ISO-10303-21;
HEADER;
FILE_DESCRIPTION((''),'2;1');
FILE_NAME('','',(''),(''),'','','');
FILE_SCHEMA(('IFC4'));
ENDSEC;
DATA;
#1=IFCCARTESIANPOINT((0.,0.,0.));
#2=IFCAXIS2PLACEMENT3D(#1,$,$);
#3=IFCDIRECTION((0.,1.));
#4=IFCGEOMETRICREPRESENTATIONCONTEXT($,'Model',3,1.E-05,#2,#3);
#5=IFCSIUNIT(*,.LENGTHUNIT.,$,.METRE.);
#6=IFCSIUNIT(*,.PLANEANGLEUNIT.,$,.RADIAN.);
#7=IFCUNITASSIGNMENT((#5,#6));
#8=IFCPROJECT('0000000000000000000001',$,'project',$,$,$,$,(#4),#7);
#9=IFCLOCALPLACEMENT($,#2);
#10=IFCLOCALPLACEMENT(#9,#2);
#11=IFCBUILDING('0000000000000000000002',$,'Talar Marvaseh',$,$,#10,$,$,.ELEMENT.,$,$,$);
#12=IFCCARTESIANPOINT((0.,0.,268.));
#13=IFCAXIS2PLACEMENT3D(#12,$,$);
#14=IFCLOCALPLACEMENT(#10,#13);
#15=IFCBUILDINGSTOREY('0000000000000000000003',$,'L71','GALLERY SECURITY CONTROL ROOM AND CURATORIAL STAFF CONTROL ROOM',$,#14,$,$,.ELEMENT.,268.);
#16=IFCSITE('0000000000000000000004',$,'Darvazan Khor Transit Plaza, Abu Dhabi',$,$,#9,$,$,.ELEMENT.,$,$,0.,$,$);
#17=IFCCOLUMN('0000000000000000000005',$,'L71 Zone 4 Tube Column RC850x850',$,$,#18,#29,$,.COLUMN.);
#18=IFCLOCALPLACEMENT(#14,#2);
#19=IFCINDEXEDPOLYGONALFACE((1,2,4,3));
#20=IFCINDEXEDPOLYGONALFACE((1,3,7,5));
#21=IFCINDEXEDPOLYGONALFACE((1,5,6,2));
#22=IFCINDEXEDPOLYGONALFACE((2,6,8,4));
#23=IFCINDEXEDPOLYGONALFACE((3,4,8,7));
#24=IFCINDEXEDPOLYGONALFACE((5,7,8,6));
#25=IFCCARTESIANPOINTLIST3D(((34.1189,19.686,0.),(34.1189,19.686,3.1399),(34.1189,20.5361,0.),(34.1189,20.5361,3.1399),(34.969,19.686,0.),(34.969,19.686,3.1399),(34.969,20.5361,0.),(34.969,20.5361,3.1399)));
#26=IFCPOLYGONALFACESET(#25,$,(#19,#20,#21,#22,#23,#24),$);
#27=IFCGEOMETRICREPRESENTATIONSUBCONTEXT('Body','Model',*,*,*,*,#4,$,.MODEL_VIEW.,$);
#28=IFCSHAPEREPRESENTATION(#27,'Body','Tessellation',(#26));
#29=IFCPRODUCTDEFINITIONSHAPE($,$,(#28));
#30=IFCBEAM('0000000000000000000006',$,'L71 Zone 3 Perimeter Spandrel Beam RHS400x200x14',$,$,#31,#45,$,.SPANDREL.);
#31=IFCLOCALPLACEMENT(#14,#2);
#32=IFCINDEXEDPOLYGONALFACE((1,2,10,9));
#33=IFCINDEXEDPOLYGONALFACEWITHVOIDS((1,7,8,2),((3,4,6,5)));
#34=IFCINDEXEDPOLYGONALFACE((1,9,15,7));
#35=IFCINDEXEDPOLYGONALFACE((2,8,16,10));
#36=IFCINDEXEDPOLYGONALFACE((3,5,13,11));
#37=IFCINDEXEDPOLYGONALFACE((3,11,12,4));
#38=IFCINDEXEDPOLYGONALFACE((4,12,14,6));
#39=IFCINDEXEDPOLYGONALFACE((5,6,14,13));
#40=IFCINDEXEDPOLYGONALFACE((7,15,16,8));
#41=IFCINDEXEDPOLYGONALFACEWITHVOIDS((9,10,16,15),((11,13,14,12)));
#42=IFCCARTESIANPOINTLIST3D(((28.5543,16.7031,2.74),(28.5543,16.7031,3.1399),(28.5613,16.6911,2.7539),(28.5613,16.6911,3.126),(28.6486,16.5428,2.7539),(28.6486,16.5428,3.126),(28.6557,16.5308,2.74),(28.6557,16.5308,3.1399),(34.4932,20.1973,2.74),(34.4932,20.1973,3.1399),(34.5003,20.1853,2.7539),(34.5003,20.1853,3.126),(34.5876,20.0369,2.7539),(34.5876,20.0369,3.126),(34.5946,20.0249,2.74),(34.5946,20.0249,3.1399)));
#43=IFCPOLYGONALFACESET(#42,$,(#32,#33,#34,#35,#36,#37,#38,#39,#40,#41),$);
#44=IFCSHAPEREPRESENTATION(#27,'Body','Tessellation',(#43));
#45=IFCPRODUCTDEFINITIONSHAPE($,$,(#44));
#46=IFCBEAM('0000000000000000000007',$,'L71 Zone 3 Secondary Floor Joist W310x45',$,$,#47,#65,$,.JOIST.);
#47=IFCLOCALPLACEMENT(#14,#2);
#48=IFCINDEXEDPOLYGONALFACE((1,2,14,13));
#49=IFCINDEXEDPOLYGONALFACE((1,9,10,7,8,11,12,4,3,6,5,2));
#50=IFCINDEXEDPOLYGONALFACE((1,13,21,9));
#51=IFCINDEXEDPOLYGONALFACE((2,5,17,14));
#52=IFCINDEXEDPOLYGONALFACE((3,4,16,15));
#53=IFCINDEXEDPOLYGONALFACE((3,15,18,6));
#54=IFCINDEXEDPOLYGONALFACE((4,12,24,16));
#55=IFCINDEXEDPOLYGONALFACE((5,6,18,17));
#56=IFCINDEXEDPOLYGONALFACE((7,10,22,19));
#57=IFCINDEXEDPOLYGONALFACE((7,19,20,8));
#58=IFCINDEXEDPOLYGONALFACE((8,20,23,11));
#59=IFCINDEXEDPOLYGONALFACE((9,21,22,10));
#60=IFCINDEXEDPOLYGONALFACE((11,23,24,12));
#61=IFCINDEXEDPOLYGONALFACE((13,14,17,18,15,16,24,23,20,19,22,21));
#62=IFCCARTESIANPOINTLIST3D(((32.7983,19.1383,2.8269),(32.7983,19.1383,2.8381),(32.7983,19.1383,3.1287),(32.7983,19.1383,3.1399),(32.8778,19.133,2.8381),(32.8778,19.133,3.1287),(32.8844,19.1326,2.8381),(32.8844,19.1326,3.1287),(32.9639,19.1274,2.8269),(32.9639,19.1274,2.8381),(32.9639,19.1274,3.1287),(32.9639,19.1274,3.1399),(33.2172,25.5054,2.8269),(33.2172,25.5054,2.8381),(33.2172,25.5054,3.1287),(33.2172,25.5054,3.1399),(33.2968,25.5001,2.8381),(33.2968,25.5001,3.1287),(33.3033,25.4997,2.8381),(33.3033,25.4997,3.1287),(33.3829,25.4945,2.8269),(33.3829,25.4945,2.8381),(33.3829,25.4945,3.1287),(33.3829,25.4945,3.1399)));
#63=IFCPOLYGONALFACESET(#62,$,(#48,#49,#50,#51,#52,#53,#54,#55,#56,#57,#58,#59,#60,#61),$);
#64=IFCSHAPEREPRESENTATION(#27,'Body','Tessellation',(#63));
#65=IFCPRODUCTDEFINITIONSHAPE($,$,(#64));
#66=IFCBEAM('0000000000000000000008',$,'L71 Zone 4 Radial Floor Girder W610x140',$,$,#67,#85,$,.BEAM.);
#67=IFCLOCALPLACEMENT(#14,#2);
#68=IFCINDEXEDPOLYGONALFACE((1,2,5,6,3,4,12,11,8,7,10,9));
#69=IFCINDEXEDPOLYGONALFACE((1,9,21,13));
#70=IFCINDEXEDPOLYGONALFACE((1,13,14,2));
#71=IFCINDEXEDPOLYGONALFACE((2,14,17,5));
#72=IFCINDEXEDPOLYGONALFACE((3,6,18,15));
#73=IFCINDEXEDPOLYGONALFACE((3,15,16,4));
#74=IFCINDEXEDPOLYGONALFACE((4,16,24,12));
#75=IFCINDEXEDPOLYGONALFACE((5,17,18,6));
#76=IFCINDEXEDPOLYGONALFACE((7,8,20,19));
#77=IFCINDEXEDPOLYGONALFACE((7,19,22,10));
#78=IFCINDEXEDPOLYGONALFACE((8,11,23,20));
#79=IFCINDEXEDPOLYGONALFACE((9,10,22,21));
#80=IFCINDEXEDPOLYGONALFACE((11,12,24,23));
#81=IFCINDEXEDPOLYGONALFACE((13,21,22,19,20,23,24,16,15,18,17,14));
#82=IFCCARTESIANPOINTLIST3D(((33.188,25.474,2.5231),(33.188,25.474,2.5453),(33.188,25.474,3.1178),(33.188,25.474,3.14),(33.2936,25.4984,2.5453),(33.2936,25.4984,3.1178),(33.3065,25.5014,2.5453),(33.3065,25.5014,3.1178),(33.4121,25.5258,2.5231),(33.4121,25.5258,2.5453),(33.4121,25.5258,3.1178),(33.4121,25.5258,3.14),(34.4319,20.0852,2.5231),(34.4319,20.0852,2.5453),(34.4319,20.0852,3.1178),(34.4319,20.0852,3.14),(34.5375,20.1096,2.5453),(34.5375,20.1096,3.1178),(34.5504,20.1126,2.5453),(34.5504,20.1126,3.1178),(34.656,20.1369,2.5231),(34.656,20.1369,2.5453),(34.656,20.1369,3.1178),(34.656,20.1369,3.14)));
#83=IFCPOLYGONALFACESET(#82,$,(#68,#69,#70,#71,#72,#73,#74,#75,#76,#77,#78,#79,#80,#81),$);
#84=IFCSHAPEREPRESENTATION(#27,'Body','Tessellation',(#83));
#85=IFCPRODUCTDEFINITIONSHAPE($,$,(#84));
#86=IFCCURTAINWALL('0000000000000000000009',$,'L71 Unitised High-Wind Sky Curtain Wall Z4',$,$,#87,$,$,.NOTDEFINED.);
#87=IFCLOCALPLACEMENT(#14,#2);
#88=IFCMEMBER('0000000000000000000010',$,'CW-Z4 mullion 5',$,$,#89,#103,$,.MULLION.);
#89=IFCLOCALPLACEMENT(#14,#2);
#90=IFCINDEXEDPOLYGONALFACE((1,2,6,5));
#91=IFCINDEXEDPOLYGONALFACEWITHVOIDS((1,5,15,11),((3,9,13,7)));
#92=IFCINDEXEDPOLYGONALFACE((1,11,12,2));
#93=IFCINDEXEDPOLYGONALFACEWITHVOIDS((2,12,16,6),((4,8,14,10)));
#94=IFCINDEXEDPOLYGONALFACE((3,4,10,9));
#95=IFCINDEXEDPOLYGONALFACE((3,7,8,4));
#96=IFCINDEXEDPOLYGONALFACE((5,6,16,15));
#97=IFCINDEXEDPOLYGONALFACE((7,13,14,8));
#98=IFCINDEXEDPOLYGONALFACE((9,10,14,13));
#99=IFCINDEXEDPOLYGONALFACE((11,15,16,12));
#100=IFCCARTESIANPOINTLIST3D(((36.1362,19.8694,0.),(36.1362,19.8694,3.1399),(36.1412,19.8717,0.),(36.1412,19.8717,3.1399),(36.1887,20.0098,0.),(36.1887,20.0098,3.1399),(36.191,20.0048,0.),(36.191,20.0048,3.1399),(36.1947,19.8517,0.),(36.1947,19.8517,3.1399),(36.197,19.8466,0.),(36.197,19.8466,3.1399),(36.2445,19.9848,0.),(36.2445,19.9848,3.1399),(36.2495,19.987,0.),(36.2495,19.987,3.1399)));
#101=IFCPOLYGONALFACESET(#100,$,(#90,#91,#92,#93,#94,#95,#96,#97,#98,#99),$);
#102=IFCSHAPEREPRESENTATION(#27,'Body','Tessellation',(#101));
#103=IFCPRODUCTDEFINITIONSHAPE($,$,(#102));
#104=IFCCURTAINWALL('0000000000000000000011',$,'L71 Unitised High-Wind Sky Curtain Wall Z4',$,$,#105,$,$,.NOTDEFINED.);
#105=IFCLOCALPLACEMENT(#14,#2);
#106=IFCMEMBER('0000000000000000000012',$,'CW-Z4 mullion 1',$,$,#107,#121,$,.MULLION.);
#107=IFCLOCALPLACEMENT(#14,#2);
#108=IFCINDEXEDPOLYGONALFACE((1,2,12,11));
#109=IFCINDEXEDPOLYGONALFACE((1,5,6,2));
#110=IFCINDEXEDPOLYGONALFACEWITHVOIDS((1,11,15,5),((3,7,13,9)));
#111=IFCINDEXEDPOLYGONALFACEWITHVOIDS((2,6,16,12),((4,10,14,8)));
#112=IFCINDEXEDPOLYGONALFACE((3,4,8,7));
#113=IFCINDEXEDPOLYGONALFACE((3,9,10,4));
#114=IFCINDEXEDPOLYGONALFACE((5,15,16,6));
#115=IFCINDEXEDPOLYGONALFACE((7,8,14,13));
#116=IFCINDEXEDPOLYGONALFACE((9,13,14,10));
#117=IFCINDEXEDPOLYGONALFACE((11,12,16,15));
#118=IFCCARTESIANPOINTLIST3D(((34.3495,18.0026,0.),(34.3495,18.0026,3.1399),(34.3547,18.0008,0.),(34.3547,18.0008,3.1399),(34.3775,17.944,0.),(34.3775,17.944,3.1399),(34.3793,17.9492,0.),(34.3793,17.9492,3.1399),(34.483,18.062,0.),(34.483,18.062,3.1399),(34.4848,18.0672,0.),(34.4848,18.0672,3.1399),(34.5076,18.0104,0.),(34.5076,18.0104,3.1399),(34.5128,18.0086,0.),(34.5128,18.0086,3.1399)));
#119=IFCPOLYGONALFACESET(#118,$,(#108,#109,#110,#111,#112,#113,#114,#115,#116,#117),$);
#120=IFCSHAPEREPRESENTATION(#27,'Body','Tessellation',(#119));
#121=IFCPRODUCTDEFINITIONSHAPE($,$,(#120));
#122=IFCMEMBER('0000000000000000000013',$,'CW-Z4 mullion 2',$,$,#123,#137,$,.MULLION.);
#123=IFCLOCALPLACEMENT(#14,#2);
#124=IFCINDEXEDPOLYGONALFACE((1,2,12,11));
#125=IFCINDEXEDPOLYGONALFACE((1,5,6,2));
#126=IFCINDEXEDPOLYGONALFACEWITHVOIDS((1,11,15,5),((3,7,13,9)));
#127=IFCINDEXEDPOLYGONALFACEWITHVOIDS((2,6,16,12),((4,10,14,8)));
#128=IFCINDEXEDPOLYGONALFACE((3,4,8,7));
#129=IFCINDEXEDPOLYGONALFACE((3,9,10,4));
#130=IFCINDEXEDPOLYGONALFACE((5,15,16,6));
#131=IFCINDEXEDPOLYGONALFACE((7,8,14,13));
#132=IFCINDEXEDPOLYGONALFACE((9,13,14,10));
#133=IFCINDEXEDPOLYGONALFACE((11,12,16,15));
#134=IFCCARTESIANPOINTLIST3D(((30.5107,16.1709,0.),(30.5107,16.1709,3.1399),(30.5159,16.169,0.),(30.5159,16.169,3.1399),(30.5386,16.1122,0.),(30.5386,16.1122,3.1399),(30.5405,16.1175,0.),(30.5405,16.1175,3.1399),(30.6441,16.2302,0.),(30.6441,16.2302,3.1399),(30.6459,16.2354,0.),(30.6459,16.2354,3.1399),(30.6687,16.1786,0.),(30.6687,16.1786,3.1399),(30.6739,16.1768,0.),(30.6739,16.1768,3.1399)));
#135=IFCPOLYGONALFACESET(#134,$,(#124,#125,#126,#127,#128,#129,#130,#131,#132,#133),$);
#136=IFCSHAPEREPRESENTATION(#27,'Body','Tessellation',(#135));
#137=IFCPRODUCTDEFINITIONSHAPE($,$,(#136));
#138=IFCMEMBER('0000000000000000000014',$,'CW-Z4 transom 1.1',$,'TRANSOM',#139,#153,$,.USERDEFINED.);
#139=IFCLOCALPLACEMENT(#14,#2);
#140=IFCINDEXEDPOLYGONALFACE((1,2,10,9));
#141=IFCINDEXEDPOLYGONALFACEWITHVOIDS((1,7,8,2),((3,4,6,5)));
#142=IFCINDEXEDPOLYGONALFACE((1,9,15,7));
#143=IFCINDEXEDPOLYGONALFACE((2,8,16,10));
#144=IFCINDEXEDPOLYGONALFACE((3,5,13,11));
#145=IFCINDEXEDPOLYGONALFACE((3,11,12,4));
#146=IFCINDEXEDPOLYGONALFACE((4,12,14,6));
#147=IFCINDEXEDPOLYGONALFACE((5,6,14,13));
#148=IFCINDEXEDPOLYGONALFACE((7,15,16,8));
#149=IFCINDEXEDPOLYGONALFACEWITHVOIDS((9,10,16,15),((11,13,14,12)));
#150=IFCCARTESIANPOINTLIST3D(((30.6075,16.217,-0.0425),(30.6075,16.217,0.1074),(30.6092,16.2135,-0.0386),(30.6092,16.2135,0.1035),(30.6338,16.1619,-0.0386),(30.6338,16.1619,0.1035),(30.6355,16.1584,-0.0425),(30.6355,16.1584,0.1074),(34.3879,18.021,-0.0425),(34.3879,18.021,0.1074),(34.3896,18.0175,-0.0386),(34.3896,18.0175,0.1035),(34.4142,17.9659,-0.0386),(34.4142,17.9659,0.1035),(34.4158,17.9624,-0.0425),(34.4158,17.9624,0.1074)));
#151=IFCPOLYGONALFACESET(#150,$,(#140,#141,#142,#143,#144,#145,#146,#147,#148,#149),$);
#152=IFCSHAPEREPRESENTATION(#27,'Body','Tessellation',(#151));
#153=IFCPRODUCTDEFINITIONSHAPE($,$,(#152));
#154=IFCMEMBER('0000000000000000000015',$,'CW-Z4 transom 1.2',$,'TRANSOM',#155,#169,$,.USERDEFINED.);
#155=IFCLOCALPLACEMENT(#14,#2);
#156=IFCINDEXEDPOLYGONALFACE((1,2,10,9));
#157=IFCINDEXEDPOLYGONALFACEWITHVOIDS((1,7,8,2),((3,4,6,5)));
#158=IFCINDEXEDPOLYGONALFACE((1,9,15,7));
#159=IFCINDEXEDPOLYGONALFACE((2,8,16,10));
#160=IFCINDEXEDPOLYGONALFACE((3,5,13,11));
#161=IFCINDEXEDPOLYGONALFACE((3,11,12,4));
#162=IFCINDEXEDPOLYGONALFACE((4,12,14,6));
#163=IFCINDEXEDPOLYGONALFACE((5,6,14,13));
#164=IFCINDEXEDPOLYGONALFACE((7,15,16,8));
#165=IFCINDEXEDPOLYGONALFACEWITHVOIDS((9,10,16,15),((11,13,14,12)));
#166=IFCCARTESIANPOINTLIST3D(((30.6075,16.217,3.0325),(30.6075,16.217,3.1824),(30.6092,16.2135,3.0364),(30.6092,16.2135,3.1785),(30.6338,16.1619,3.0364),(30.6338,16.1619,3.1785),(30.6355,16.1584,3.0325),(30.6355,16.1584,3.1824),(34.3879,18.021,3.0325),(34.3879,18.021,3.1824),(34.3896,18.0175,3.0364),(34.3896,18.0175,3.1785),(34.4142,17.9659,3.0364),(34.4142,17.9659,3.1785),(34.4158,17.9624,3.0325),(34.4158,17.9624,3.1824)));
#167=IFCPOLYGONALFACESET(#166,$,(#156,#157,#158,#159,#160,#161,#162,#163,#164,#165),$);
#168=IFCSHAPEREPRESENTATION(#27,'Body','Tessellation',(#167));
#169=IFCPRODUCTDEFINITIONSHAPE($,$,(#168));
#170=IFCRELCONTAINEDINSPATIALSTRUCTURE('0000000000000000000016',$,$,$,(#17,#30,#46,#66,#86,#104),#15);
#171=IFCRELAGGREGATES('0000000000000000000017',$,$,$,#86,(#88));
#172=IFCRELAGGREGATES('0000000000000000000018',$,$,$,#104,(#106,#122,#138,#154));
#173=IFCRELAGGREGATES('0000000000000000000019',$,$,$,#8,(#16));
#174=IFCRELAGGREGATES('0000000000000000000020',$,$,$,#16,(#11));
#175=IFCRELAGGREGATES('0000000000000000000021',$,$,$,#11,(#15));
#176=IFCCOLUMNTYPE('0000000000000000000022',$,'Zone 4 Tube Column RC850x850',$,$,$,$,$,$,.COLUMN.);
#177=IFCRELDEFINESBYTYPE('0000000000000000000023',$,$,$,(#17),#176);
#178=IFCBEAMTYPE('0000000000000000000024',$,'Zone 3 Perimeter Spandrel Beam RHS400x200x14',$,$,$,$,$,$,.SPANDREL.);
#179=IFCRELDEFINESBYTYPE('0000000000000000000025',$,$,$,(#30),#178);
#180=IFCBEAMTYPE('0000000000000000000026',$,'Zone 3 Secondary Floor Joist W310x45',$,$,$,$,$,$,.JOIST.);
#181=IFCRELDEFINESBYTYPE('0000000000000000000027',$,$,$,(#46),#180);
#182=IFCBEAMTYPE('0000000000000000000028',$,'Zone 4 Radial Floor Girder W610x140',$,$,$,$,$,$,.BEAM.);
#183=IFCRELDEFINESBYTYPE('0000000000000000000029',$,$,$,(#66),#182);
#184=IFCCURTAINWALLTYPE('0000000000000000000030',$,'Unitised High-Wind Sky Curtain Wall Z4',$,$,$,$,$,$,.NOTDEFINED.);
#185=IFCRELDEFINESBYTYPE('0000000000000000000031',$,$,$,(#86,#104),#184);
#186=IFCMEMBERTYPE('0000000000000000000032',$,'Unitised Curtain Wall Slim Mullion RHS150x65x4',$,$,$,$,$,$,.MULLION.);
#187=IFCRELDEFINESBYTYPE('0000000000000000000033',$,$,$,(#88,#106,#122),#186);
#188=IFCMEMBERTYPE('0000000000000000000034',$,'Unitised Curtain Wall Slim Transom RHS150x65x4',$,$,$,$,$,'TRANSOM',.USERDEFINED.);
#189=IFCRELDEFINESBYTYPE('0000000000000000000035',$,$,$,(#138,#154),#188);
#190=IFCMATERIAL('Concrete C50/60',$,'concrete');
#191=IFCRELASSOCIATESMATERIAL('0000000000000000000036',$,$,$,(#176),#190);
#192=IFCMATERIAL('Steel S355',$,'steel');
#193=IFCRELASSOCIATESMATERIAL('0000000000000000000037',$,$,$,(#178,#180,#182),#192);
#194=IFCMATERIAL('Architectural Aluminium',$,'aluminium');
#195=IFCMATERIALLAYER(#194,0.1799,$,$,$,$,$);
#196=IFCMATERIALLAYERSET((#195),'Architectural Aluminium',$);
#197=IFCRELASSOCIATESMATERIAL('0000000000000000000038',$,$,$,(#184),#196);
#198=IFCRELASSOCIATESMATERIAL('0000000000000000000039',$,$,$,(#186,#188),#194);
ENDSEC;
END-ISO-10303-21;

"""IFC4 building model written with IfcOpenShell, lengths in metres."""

from ifc_helpers import new_model, si_unit, direction, frame, origin, origin_2d, place, context, subcontext, project, spatial, rectangle, hollow_rectangle, i_section, extrude, source, transform, mapped, material, layer, layer_set, material_profile, profile_set, type_object, type_shapes, element, aggregate, save


model = new_model("IFC4")

# Units and contexts
model_context = context("Model", 3, precision=1e-05, world=origin(), true_north=direction((0.0, 1.0)))
body_context = subcontext(model_context, "Body", "Model", "MODEL_VIEW")
ifc_project = project(units=[si_unit("LENGTHUNIT", "METRE"), si_unit("PLANEANGLEUNIT", "RADIAN")], contexts=[model_context])

# Site, building, storey
site_placement = place(None, origin())
site = spatial("IfcSite", under=ifc_project, at=site_placement, Name="Darvazan Khor Transit Plaza, Abu Dhabi", CompositionType="ELEMENT", RefElevation=0.0)
building_placement = place(site_placement, origin())
building = spatial("IfcBuilding", under=site, at=building_placement, Name="Talar Marvaseh", CompositionType="ELEMENT")
storey_placement = place(building_placement, frame((0.0, 0.0, 268.0)))
storey = spatial("IfcBuildingStorey", under=building, at=storey_placement, Name="L71", Description="GALLERY SECURITY CONTROL ROOM AND CURATORIAL STAFF CONTROL ROOM", CompositionType="ELEMENT", Elevation=268.0)

# Column
ifc_material_1 = material(Name="Concrete C50/60", Category="concrete")
ifc_material_profile_1 = material_profile(ifc_material_1, rectangle(XDim=0.8501, YDim=0.8501, at=origin_2d()), Name="RC850x850")
ifc_profile_set_1 = profile_set([ifc_material_profile_1], Name="Concrete C50/60")
column_type = type_object("IfcColumnType", Name="Zone 4 Tube Column RC850x850", PredefinedType="COLUMN", material=ifc_profile_set_1)
column_placement = place(storey_placement, frame((34.5439, 20.1111, 0.0), z_axis=(0.0, 0.0, 1.0), x_axis=(1.0, 0.0, 0.0)))
element("IfcColumn", 1, at=column_placement, inside=storey, type_object=column_type, Name="L71 Zone 4 Tube Column RC850x850", PredefinedType="COLUMN", context=body_context, shape_type="SweptSolid", body=[
    extrude(rectangle(XDim=0.8501, YDim=0.8501, at=origin_2d()), origin(), (0.0, 0.0, 1.0), 3.1399),
])

# Beams
ifc_material_2 = material(Name="Steel S355", Category="steel")
ifc_material_profile_2 = material_profile(ifc_material_2, hollow_rectangle(XDim=0.2, YDim=0.3999, WallThickness=0.0139, at=origin_2d()), Name="RHS400x200x14")
ifc_profile_set_2 = profile_set([ifc_material_profile_2], Name="Steel S355")
beam_type_1 = type_object("IfcBeamType", Name="Zone 3 Perimeter Spandrel Beam RHS400x200x14", PredefinedType="SPANDREL", material=ifc_profile_set_2)
beam_1_placement = place(storey_placement, frame((34.5439, 20.1111, 2.9399), z_axis=(-0.861894, -0.507088, 0.0), x_axis=(0.507088, -0.861894, 0.0)))
element("IfcBeam", 2, at=beam_1_placement, inside=storey, type_object=beam_type_1, Name="L71 Zone 3 Perimeter Spandrel Beam RHS400x200x14", PredefinedType="SPANDREL", context=body_context, shape_type="SweptSolid", body=[
    extrude(hollow_rectangle(XDim=0.2, YDim=0.3999, WallThickness=0.0139, at=origin_2d()), origin(), (0.0, 0.0, 1.0), 6.8906),
])
ifc_material_profile_3 = material_profile(ifc_material_2, i_section(OverallWidth=0.166, OverallDepth=0.313, WebThickness=0.0066, FlangeThickness=0.0112, at=origin_2d()), Name="W310x45")
ifc_profile_set_3 = profile_set([ifc_material_profile_3], Name="Steel S355")
beam_type_2 = type_object("IfcBeamType", Name="Zone 3 Secondary Floor Joist W310x45", PredefinedType="JOIST", material=ifc_profile_set_3)
beam_2_placement = place(storey_placement, frame((32.8811, 19.1328, 2.9834), z_axis=(0.065656, 0.997842, 0.0), x_axis=(-0.997842, 0.065656, 0.0)))
element("IfcBeam", 3, at=beam_2_placement, inside=storey, type_object=beam_type_2, Name="L71 Zone 3 Secondary Floor Joist W310x45", PredefinedType="JOIST", context=body_context, shape_type="SweptSolid", body=[
    extrude(i_section(OverallWidth=0.166, OverallDepth=0.313, WebThickness=0.0066, FlangeThickness=0.0112, at=origin_2d()), origin(), (0.0, 0.0, 1.0), 6.3809),
])
ifc_material_profile_4 = material_profile(ifc_material_2, i_section(OverallWidth=0.23, OverallDepth=0.6169, WebThickness=0.0132, FlangeThickness=0.0222, at=origin_2d()), Name="W610x140")
ifc_profile_set_4 = profile_set([ifc_material_profile_4], Name="Steel S355")
beam_type_3 = type_object("IfcBeamType", Name="Zone 4 Radial Floor Girder W610x140", PredefinedType="BEAM", material=ifc_profile_set_4)
beam_3_placement = place(storey_placement, frame((34.5439, 20.1111, 2.8315), z_axis=(-0.224911, 0.974379, 0.0), x_axis=(-0.974379, -0.224911, 0.0)))
element("IfcBeam", 4, at=beam_3_placement, inside=storey, type_object=beam_type_3, Name="L71 Zone 4 Radial Floor Girder W610x140", PredefinedType="BEAM", context=body_context, shape_type="SweptSolid", body=[
    extrude(i_section(OverallWidth=0.23, OverallDepth=0.6169, WebThickness=0.0132, FlangeThickness=0.0222, at=origin_2d()), origin(), (0.0, 0.0, 1.0), 5.5305),
])

# Curtain wall, member
ifc_material_3 = material(Name="Architectural Aluminium", Category="aluminium")
ifc_layer_1 = layer(ifc_material_3, 0.1799)
ifc_layer_set_1 = layer_set([ifc_layer_1], Name="Architectural Aluminium")
curtain_wall_type = type_object("IfcCurtainWallType", Name="Unitised High-Wind Sky Curtain Wall Z4", PredefinedType="NOTDEFINED", material=ifc_layer_set_1)
curtain_wall_1_placement = place(storey_placement, origin())
curtain_wall_1 = element("IfcCurtainWall", 5, at=curtain_wall_1_placement, inside=storey, type_object=curtain_wall_type, Name="L71 Unitised High-Wind Sky Curtain Wall Z4", PredefinedType="NOTDEFINED")
ifc_material_profile_5 = material_profile(ifc_material_3, hollow_rectangle(XDim=0.0649, YDim=0.1499, WallThickness=0.0039, at=origin_2d()), Name="RHS150x65x4")
ifc_profile_set_5 = profile_set([ifc_material_profile_5], Name="Architectural Aluminium")
member_type_1 = type_object("IfcMemberType", Name="Unitised Curtain Wall Slim Mullion RHS150x65x4", PredefinedType="MULLION", material=ifc_profile_set_5)
shared_shape_1 = source(origin(), body_context, "Body", "SweptSolid", [
    extrude(hollow_rectangle(XDim=0.0649, YDim=0.1499, WallThickness=0.0039, at=origin_2d()), origin(), (0.0, 0.0, 1.0), 3.1399),
])
type_shapes(member_type_1, [shared_shape_1])
member_1_placement = place(storey_placement, frame((36.1929, 19.9282, 0.0), z_axis=(0.0, 0.0, 1.0), x_axis=(0.936618, -0.350351, 0.0)))
member_1 = element("IfcMember", 6, at=member_1_placement, type_object=member_type_1, Name="CW-Z4 mullion 5", PredefinedType="MULLION", context=body_context, shape_type="MappedRepresentation", body=[
    mapped(shared_shape_1, transform((0.0, 0.0, 0.0), x_axis=(1.0, 0.0, 0.0), y_axis=(0.0, 1.0, 0.0), z_axis=(0.0, 0.0, 1.0), scale=1.0)),
])
aggregate(curtain_wall_1, [member_1])

# Curtain wall, members
curtain_wall_2_placement = place(storey_placement, origin())
curtain_wall_2 = element("IfcCurtainWall", 7, at=curtain_wall_2_placement, inside=storey, type_object=curtain_wall_type, Name="L71 Unitised High-Wind Sky Curtain Wall Z4", PredefinedType="NOTDEFINED")
member_2_placement = place(storey_placement, frame((34.4312, 18.0056, 0.0), z_axis=(0.0, 0.0, 1.0), x_axis=(0.430655, -0.902517, 0.0)))
member_2 = element("IfcMember", 8, at=member_2_placement, type_object=member_type_1, Name="CW-Z4 mullion 1", PredefinedType="MULLION", context=body_context, shape_type="MappedRepresentation", body=[
    mapped(shared_shape_1, transform((0.0, 0.0, 0.0), x_axis=(1.0, 0.0, 0.0), y_axis=(0.0, 1.0, 0.0), z_axis=(0.0, 0.0, 1.0), scale=1.0)),
])
member_3_placement = place(storey_placement, frame((30.5923, 16.1738, 0.0), z_axis=(0.0, 0.0, 1.0), x_axis=(0.430655, -0.902517, 0.0)))
member_3 = element("IfcMember", 9, at=member_3_placement, type_object=member_type_1, Name="CW-Z4 mullion 2", PredefinedType="MULLION", context=body_context, shape_type="MappedRepresentation", body=[
    mapped(shared_shape_1, transform((0.0, 0.0, 0.0), x_axis=(1.0, 0.0, 0.0), y_axis=(0.0, 1.0, 0.0), z_axis=(0.0, 0.0, 1.0), scale=1.0)),
])
ifc_material_profile_6 = material_profile(ifc_material_3, hollow_rectangle(XDim=0.0649, YDim=0.1499, WallThickness=0.0039, at=origin_2d()), Name="RHS150x65x4")
ifc_profile_set_6 = profile_set([ifc_material_profile_6], Name="Architectural Aluminium")
member_type_2 = type_object("IfcMemberType", Name="Unitised Curtain Wall Slim Transom RHS150x65x4", ElementType="TRANSOM", PredefinedType="USERDEFINED", material=ifc_profile_set_6)
shared_shape_2 = source(origin(), body_context, "Body", "SweptSolid", [
    extrude(hollow_rectangle(XDim=0.0649, YDim=0.1499, WallThickness=0.0039, at=origin_2d()), origin(), (0.0, 0.0, 1.0), 4.1887),
])
member_4_placement = place(storey_placement, frame((34.4019, 17.9917, 0.0325), z_axis=(-0.902506, -0.430678, 0.0), x_axis=(0.430678, -0.902506, 0.0)))
member_4 = element("IfcMember", 10, at=member_4_placement, type_object=member_type_2, Name="CW-Z4 transom 1.1", ObjectType="TRANSOM", PredefinedType="USERDEFINED", context=body_context, shape_type="MappedRepresentation", body=[
    mapped(shared_shape_2, transform((0.0, 0.0, 0.0), x_axis=(1.0, 0.0, 0.0), y_axis=(0.0, 1.0, 0.0), z_axis=(0.0, 0.0, 1.0), scale=1.0)),
])
member_5_placement = place(storey_placement, frame((34.4019, 17.9917, 3.1074), z_axis=(-0.902506, -0.430678, 0.0), x_axis=(0.430678, -0.902506, 0.0)))
member_5 = element("IfcMember", 11, at=member_5_placement, type_object=member_type_2, Name="CW-Z4 transom 1.2", ObjectType="TRANSOM", PredefinedType="USERDEFINED", context=body_context, shape_type="MappedRepresentation", body=[
    mapped(shared_shape_2, transform((0.0, 0.0, 0.0), x_axis=(1.0, 0.0, 0.0), y_axis=(0.0, 1.0, 0.0), z_axis=(0.0, 0.0, 1.0), scale=1.0)),
])
aggregate(curtain_wall_2, [member_2, member_3, member_4, member_5])

save(model, "model.ifc")
